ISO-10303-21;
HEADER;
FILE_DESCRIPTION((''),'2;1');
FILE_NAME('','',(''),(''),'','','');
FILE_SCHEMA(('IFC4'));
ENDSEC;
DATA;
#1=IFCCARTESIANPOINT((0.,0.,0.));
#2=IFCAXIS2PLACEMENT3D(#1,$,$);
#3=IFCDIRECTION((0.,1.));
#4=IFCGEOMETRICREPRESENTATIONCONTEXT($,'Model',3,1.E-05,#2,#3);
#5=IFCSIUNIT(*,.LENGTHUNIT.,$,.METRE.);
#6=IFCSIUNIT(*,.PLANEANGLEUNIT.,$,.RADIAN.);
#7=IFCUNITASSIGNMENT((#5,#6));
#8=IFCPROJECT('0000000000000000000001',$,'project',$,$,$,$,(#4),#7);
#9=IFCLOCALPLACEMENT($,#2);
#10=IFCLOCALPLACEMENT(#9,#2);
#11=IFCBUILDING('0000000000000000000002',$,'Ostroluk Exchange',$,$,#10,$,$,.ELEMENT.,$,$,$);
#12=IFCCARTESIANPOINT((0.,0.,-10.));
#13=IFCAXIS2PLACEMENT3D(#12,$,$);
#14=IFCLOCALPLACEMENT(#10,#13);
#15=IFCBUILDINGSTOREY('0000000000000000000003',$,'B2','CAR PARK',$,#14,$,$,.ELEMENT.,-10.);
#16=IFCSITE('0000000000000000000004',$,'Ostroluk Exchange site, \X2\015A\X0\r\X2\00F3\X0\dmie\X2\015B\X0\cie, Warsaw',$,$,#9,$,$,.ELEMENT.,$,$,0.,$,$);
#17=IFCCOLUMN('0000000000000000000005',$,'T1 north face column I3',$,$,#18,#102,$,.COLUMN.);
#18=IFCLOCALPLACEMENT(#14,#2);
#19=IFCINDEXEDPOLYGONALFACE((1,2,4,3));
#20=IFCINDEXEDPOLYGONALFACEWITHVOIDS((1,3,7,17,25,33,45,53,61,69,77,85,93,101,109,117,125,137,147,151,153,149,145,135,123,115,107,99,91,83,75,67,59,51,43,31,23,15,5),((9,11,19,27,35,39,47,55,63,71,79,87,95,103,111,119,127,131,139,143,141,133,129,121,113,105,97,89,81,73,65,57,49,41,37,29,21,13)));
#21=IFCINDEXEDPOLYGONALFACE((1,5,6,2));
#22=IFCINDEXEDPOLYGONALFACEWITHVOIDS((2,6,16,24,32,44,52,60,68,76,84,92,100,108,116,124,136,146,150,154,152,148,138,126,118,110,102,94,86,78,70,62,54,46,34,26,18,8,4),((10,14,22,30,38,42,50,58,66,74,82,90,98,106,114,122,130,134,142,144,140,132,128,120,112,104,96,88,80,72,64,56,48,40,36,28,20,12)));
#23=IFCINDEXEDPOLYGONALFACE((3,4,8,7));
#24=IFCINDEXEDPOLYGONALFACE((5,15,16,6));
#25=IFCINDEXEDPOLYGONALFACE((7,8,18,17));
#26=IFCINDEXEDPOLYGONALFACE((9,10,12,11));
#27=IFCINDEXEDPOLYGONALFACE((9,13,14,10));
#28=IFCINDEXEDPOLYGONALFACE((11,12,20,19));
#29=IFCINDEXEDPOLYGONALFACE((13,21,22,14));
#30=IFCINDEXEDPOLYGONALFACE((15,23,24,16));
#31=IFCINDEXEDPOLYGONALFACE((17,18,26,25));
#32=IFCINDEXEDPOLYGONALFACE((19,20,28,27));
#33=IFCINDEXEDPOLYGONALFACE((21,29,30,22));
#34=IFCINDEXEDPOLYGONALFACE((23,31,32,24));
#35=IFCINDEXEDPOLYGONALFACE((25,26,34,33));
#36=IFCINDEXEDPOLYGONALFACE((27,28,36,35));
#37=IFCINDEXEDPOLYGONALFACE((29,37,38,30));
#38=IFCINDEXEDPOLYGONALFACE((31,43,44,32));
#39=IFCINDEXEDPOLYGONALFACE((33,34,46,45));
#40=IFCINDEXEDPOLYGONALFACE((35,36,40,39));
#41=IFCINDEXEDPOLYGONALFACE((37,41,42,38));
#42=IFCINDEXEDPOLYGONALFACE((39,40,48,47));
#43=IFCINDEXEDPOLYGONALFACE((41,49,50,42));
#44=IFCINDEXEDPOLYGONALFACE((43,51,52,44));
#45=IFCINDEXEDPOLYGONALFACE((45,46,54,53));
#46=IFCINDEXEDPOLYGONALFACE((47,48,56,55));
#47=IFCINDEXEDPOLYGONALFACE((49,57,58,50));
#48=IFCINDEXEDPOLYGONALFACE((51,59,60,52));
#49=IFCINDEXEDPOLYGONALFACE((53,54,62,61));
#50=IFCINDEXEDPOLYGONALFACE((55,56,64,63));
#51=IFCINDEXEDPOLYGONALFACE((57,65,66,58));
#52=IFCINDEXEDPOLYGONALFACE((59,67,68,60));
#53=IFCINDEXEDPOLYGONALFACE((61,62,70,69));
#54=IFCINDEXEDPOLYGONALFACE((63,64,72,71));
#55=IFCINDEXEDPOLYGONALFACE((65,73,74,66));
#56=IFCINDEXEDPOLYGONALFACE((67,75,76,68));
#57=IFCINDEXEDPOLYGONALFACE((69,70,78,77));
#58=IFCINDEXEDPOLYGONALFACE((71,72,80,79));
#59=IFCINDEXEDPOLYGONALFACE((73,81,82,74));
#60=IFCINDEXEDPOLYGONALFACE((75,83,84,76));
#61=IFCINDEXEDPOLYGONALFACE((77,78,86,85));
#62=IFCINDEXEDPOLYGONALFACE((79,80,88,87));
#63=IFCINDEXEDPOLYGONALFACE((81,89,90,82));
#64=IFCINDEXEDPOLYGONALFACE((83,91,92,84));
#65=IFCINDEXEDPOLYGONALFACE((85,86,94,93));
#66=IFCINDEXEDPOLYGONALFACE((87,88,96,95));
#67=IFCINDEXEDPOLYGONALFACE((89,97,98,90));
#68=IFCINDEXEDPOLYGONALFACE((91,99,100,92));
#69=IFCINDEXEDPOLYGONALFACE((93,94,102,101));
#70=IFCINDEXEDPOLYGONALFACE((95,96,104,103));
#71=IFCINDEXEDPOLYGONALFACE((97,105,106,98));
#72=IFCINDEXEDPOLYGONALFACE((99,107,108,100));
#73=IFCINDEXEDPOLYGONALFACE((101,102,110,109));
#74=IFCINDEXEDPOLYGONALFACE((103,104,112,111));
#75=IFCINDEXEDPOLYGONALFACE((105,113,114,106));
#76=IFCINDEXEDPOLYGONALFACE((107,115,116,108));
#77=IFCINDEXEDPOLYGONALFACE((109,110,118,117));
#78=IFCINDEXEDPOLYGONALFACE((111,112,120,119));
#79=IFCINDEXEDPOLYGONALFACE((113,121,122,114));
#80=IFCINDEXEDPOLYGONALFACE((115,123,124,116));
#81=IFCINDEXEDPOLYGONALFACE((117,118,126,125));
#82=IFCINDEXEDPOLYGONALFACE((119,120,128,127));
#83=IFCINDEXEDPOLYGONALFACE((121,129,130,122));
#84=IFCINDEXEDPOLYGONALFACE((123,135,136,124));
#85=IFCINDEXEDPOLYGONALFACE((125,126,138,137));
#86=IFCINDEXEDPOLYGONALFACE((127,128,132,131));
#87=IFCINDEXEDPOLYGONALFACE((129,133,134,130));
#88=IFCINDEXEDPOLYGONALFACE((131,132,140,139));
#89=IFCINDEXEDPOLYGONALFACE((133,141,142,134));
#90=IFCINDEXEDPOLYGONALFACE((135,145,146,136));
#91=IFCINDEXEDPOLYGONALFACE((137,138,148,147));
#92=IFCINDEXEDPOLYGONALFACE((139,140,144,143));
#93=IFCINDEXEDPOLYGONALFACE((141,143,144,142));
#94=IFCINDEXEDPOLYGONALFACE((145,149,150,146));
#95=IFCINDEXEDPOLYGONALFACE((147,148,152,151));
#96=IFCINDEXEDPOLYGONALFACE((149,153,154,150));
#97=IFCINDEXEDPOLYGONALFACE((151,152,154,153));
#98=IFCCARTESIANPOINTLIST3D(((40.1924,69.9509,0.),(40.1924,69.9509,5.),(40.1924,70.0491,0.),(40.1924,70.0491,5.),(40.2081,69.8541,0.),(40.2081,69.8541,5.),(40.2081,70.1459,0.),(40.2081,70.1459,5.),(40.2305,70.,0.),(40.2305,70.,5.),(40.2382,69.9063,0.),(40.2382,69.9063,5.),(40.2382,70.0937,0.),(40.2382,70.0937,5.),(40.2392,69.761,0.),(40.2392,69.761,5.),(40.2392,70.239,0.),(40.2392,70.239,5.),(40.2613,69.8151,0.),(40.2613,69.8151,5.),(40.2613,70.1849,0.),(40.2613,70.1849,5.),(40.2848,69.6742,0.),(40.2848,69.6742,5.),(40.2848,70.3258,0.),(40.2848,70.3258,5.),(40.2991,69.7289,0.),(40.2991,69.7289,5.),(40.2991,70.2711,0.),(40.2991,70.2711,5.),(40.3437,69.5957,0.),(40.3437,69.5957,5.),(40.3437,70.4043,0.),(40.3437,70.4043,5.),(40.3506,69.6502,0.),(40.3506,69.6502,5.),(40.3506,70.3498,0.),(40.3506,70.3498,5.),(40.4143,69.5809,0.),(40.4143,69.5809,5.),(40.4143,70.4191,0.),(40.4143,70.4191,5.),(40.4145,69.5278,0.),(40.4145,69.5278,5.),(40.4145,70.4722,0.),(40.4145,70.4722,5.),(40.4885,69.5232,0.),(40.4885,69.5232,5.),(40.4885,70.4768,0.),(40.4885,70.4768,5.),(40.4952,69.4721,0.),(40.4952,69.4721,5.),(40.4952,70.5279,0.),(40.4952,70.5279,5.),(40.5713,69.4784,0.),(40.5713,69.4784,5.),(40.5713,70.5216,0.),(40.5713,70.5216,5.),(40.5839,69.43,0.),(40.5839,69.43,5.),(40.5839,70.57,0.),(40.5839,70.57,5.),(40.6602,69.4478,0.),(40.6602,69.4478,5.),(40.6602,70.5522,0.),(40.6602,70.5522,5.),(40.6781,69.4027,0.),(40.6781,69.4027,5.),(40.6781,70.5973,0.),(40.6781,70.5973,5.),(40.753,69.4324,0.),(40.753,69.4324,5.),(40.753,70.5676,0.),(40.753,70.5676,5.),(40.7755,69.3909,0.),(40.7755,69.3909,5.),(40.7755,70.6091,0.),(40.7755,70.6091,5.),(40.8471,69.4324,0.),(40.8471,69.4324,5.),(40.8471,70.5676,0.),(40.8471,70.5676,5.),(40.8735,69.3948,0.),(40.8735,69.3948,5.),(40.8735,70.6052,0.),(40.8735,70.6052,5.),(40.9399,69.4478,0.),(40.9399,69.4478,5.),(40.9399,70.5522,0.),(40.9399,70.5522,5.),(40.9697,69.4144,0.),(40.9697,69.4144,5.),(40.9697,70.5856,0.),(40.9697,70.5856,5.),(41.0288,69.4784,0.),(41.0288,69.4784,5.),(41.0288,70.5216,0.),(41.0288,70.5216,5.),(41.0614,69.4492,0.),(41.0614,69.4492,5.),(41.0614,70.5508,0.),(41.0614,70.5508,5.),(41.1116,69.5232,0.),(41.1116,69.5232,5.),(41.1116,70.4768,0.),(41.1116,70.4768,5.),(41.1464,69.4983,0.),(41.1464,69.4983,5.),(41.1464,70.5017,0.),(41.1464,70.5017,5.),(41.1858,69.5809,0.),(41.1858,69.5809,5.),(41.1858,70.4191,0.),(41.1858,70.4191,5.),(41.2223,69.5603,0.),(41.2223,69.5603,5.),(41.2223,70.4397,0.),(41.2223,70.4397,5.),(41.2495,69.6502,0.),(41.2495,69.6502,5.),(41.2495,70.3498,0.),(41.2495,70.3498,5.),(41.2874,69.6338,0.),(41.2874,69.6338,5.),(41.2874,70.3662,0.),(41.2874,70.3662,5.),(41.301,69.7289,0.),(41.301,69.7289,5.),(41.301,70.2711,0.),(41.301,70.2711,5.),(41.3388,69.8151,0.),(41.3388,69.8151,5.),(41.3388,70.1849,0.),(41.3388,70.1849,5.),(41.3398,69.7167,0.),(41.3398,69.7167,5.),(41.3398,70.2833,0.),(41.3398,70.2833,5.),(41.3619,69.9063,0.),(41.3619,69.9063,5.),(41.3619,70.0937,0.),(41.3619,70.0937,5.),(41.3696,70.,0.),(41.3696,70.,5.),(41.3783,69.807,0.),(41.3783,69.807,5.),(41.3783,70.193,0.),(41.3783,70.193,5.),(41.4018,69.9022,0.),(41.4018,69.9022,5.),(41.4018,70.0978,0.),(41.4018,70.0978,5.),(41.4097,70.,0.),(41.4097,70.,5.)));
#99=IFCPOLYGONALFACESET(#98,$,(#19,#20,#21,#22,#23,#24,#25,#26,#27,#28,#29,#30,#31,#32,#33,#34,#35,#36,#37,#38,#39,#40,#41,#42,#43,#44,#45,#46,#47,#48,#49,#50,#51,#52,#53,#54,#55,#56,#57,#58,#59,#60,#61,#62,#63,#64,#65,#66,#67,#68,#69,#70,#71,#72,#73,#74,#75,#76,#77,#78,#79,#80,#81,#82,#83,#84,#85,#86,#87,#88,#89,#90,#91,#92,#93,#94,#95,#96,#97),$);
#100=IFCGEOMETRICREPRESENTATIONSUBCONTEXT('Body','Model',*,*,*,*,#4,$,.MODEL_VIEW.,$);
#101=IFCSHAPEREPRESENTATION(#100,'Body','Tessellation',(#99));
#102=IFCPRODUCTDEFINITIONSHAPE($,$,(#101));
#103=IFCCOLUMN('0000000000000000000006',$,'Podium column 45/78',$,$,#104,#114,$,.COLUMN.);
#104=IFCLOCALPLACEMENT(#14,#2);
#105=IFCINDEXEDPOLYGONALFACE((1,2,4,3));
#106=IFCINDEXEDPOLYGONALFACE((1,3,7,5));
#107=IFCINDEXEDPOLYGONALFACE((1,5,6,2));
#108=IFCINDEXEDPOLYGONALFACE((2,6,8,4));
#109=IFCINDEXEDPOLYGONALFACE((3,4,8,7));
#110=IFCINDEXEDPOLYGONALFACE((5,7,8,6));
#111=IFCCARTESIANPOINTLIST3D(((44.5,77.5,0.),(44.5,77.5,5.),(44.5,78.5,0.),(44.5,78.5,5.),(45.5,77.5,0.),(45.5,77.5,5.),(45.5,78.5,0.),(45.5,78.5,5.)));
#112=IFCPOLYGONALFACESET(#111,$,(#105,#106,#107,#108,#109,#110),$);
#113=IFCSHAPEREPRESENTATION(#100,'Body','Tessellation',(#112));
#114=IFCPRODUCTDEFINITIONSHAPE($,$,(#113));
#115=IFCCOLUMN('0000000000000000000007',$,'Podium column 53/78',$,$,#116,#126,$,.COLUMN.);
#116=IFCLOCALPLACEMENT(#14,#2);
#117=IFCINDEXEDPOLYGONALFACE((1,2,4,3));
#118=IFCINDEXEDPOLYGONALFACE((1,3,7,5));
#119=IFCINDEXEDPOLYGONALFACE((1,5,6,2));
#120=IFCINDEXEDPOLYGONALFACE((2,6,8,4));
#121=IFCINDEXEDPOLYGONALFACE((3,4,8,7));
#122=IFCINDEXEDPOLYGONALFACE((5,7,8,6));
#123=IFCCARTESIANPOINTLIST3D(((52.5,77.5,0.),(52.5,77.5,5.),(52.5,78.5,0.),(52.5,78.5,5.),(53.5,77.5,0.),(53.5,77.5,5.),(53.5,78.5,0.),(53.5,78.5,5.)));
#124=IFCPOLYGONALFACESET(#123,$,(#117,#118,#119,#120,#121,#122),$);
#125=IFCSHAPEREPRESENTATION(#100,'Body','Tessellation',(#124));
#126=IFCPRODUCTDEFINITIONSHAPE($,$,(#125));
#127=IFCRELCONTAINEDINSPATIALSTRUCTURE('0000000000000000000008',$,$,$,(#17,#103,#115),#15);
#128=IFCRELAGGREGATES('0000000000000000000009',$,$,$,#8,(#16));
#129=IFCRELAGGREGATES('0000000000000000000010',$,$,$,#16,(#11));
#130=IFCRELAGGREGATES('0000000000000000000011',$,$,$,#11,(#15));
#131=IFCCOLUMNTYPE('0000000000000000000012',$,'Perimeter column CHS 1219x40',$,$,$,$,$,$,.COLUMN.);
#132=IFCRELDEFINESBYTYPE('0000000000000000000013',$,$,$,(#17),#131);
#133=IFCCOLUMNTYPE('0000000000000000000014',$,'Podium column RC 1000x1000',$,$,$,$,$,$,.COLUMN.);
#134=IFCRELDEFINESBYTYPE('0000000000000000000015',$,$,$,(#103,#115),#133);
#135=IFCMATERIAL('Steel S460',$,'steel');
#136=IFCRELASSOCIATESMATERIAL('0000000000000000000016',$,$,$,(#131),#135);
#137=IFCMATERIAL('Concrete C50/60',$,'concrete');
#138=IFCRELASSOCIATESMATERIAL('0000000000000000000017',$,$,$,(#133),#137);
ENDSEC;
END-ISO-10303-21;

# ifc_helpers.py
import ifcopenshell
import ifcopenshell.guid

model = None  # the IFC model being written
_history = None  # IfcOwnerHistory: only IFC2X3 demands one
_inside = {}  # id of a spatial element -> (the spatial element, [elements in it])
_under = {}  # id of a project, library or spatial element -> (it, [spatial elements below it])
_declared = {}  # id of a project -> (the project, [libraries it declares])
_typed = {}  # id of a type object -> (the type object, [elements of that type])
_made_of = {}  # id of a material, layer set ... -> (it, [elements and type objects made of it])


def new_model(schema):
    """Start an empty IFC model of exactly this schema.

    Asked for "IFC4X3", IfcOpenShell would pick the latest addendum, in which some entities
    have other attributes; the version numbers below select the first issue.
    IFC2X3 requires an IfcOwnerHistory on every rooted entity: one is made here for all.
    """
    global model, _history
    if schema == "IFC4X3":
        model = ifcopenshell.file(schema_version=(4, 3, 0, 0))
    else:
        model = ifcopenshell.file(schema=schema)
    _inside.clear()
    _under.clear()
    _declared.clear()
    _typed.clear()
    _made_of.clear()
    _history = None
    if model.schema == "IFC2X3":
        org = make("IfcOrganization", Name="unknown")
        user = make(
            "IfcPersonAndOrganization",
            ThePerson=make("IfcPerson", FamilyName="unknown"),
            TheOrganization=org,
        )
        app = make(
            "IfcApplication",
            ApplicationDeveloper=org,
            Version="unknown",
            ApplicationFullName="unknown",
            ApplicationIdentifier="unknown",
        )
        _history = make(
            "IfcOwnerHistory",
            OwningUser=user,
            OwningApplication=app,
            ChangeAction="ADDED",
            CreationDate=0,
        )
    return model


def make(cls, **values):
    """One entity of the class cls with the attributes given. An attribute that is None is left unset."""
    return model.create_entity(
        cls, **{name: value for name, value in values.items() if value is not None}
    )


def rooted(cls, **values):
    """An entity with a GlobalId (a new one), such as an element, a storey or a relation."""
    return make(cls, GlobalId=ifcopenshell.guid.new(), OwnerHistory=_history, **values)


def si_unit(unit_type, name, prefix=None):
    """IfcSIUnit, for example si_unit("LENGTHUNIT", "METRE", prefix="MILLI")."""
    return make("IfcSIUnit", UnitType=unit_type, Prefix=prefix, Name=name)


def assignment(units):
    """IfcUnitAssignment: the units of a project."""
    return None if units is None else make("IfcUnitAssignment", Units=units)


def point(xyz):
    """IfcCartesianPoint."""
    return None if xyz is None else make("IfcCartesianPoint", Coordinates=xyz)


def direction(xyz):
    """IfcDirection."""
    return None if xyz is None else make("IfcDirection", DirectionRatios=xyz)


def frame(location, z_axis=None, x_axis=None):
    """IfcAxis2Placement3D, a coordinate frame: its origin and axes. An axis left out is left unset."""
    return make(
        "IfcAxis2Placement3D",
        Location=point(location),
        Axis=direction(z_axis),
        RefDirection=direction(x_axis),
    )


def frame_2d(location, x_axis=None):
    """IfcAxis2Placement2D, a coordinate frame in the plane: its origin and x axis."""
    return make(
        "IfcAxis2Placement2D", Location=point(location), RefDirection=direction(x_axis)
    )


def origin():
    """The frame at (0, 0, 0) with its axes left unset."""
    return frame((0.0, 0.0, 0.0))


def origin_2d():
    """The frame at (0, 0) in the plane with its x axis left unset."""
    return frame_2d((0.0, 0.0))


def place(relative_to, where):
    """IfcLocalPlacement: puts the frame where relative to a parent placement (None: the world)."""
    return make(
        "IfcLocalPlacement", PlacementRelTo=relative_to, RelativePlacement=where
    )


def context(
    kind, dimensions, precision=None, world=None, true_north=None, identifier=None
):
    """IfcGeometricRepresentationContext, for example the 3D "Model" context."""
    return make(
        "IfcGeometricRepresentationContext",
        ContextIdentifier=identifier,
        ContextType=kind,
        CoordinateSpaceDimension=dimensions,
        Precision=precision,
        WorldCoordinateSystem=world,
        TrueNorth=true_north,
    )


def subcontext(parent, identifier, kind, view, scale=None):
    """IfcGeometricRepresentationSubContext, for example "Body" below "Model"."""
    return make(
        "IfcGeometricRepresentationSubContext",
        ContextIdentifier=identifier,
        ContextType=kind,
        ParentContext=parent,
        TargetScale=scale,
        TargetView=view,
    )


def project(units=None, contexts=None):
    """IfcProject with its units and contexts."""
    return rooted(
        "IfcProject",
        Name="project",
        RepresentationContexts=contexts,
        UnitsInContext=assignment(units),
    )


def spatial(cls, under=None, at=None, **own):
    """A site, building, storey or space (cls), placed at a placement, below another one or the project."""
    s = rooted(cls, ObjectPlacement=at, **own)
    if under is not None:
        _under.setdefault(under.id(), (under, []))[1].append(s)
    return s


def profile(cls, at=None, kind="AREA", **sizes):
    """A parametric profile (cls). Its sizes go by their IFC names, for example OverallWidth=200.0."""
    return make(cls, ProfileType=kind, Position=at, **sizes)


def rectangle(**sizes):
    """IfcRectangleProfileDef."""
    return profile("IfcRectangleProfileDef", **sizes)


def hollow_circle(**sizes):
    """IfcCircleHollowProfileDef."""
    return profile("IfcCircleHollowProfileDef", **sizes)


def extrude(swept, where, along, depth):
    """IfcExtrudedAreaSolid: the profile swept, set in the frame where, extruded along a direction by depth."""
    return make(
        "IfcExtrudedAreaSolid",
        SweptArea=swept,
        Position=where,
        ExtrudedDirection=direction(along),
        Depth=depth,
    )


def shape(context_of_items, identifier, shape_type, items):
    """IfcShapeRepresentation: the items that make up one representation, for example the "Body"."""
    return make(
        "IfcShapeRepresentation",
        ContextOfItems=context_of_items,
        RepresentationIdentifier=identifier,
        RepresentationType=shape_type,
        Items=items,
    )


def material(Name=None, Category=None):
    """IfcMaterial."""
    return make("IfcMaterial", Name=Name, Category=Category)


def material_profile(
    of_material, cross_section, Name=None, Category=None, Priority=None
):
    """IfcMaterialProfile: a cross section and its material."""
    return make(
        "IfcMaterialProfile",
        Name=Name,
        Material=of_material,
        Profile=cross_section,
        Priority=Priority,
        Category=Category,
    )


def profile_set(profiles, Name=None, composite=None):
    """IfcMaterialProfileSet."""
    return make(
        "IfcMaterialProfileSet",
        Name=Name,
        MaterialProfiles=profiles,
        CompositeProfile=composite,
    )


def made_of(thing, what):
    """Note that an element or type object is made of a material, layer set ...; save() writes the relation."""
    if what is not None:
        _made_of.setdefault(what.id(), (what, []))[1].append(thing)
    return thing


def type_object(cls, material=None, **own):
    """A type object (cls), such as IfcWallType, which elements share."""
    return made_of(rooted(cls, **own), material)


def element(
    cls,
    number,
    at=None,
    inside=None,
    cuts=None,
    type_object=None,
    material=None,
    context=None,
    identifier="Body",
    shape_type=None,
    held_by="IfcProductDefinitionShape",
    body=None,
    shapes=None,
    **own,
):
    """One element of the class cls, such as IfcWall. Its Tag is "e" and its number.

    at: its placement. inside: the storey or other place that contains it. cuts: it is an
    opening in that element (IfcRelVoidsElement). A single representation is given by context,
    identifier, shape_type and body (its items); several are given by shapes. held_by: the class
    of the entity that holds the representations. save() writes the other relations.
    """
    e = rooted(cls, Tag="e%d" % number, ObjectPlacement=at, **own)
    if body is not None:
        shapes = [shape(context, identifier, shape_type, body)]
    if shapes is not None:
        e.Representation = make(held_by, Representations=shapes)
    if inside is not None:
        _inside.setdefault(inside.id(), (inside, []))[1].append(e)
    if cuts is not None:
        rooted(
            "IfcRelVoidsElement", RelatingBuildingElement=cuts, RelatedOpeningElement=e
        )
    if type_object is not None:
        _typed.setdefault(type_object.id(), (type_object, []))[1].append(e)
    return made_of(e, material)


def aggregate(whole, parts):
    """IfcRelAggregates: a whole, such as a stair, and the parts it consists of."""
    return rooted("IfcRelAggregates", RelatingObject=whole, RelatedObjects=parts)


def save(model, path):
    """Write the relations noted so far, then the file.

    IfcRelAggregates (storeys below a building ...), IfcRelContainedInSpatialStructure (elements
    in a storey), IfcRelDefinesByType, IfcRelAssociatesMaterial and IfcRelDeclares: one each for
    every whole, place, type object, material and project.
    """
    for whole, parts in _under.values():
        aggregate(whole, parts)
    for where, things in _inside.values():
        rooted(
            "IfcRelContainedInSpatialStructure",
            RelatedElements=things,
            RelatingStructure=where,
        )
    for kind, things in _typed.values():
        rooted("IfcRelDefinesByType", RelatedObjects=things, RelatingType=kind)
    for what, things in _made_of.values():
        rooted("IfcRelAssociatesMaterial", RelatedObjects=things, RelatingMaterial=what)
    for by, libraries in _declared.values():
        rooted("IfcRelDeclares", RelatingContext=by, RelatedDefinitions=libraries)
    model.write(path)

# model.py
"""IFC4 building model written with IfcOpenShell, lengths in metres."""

from ifc_helpers import new_model, si_unit, direction, frame, origin, origin_2d, place, context, subcontext, project, spatial, rectangle, hollow_circle, extrude, material, material_profile, profile_set, type_object, element, save


model = new_model("IFC4")

# Units and contexts
model_context = context("Model", 3, precision=1e-05, world=origin(), true_north=direction((0.0, 1.0)))
body_context = subcontext(model_context, "Body", "Model", "MODEL_VIEW")
ifc_project = project(units=[si_unit("LENGTHUNIT", "METRE"), si_unit("PLANEANGLEUNIT", "RADIAN")], contexts=[model_context])

# Site, building, storey
site_placement = place(None, origin())
site = spatial("IfcSite", under=ifc_project, at=site_placement, Name="Ostroluk Exchange site, Śródmieście, Warsaw", CompositionType="ELEMENT", RefElevation=0.0)
building_placement = place(site_placement, origin())
building = spatial("IfcBuilding", under=site, at=building_placement, Name="Ostroluk Exchange", CompositionType="ELEMENT")
storey_placement = place(building_placement, frame((0.0, 0.0, -10.0)))
storey = spatial("IfcBuildingStorey", under=building, at=storey_placement, Name="B2", Description="CAR PARK", CompositionType="ELEMENT", Elevation=-10.0)

# Columns
ifc_material_1 = material(Name="Steel S460", Category="steel")
ifc_material_profile_1 = material_profile(ifc_material_1, hollow_circle(Radius=0.6096, WallThickness=0.04, at=origin_2d()), Name="CHS 1219x40")
ifc_profile_set_1 = profile_set([ifc_material_profile_1], Name="Steel S460")
column_type_1 = type_object("IfcColumnType", Name="Perimeter column CHS 1219x40", PredefinedType="COLUMN", material=ifc_profile_set_1)
for number, where, z_axis, x_axis, name in (
    (1, (40.8, 70.0, 0.0), (0.0, 0.0, 1.0), (1.0, 0.0, 0.0), "T1 north face column I3"),
):
    element("IfcColumn", number, at=place(storey_placement, frame(where, z_axis=z_axis, x_axis=x_axis)), inside=storey, type_object=column_type_1, Name=name, PredefinedType="COLUMN", context=body_context, shape_type="SweptSolid", body=[
        extrude(hollow_circle(Radius=0.6096, WallThickness=0.04, at=origin_2d()), origin(), (0.0, 0.0, 1.0), 5.0),
    ])
ifc_material_2 = material(Name="Concrete C50/60", Category="concrete")
ifc_material_profile_2 = material_profile(ifc_material_2, rectangle(XDim=1.0, YDim=1.0, at=origin_2d()), Name="RC 1000x1000")
ifc_profile_set_2 = profile_set([ifc_material_profile_2], Name="Concrete C50/60")
column_type_2 = type_object("IfcColumnType", Name="Podium column RC 1000x1000", PredefinedType="COLUMN", material=ifc_profile_set_2)
for number, where, z_axis, x_axis, name in (
    (2, (45.0, 78.0, 0.0), (0.0, 0.0, 1.0), (1.0, 0.0, 0.0), "Podium column 45/78"),
    (3, (53.0, 78.0, 0.0), (0.0, 0.0, 1.0), (1.0, 0.0, 0.0), "Podium column 53/78"),
):
    element("IfcColumn", number, at=place(storey_placement, frame(where, z_axis=z_axis, x_axis=x_axis)), inside=storey, type_object=column_type_2, Name=name, PredefinedType="COLUMN", context=body_context, shape_type="SweptSolid", body=[
        extrude(rectangle(XDim=1.0, YDim=1.0, at=origin_2d()), origin(), (0.0, 0.0, 1.0), 5.0),
    ])

save(model, "model.ifc")
